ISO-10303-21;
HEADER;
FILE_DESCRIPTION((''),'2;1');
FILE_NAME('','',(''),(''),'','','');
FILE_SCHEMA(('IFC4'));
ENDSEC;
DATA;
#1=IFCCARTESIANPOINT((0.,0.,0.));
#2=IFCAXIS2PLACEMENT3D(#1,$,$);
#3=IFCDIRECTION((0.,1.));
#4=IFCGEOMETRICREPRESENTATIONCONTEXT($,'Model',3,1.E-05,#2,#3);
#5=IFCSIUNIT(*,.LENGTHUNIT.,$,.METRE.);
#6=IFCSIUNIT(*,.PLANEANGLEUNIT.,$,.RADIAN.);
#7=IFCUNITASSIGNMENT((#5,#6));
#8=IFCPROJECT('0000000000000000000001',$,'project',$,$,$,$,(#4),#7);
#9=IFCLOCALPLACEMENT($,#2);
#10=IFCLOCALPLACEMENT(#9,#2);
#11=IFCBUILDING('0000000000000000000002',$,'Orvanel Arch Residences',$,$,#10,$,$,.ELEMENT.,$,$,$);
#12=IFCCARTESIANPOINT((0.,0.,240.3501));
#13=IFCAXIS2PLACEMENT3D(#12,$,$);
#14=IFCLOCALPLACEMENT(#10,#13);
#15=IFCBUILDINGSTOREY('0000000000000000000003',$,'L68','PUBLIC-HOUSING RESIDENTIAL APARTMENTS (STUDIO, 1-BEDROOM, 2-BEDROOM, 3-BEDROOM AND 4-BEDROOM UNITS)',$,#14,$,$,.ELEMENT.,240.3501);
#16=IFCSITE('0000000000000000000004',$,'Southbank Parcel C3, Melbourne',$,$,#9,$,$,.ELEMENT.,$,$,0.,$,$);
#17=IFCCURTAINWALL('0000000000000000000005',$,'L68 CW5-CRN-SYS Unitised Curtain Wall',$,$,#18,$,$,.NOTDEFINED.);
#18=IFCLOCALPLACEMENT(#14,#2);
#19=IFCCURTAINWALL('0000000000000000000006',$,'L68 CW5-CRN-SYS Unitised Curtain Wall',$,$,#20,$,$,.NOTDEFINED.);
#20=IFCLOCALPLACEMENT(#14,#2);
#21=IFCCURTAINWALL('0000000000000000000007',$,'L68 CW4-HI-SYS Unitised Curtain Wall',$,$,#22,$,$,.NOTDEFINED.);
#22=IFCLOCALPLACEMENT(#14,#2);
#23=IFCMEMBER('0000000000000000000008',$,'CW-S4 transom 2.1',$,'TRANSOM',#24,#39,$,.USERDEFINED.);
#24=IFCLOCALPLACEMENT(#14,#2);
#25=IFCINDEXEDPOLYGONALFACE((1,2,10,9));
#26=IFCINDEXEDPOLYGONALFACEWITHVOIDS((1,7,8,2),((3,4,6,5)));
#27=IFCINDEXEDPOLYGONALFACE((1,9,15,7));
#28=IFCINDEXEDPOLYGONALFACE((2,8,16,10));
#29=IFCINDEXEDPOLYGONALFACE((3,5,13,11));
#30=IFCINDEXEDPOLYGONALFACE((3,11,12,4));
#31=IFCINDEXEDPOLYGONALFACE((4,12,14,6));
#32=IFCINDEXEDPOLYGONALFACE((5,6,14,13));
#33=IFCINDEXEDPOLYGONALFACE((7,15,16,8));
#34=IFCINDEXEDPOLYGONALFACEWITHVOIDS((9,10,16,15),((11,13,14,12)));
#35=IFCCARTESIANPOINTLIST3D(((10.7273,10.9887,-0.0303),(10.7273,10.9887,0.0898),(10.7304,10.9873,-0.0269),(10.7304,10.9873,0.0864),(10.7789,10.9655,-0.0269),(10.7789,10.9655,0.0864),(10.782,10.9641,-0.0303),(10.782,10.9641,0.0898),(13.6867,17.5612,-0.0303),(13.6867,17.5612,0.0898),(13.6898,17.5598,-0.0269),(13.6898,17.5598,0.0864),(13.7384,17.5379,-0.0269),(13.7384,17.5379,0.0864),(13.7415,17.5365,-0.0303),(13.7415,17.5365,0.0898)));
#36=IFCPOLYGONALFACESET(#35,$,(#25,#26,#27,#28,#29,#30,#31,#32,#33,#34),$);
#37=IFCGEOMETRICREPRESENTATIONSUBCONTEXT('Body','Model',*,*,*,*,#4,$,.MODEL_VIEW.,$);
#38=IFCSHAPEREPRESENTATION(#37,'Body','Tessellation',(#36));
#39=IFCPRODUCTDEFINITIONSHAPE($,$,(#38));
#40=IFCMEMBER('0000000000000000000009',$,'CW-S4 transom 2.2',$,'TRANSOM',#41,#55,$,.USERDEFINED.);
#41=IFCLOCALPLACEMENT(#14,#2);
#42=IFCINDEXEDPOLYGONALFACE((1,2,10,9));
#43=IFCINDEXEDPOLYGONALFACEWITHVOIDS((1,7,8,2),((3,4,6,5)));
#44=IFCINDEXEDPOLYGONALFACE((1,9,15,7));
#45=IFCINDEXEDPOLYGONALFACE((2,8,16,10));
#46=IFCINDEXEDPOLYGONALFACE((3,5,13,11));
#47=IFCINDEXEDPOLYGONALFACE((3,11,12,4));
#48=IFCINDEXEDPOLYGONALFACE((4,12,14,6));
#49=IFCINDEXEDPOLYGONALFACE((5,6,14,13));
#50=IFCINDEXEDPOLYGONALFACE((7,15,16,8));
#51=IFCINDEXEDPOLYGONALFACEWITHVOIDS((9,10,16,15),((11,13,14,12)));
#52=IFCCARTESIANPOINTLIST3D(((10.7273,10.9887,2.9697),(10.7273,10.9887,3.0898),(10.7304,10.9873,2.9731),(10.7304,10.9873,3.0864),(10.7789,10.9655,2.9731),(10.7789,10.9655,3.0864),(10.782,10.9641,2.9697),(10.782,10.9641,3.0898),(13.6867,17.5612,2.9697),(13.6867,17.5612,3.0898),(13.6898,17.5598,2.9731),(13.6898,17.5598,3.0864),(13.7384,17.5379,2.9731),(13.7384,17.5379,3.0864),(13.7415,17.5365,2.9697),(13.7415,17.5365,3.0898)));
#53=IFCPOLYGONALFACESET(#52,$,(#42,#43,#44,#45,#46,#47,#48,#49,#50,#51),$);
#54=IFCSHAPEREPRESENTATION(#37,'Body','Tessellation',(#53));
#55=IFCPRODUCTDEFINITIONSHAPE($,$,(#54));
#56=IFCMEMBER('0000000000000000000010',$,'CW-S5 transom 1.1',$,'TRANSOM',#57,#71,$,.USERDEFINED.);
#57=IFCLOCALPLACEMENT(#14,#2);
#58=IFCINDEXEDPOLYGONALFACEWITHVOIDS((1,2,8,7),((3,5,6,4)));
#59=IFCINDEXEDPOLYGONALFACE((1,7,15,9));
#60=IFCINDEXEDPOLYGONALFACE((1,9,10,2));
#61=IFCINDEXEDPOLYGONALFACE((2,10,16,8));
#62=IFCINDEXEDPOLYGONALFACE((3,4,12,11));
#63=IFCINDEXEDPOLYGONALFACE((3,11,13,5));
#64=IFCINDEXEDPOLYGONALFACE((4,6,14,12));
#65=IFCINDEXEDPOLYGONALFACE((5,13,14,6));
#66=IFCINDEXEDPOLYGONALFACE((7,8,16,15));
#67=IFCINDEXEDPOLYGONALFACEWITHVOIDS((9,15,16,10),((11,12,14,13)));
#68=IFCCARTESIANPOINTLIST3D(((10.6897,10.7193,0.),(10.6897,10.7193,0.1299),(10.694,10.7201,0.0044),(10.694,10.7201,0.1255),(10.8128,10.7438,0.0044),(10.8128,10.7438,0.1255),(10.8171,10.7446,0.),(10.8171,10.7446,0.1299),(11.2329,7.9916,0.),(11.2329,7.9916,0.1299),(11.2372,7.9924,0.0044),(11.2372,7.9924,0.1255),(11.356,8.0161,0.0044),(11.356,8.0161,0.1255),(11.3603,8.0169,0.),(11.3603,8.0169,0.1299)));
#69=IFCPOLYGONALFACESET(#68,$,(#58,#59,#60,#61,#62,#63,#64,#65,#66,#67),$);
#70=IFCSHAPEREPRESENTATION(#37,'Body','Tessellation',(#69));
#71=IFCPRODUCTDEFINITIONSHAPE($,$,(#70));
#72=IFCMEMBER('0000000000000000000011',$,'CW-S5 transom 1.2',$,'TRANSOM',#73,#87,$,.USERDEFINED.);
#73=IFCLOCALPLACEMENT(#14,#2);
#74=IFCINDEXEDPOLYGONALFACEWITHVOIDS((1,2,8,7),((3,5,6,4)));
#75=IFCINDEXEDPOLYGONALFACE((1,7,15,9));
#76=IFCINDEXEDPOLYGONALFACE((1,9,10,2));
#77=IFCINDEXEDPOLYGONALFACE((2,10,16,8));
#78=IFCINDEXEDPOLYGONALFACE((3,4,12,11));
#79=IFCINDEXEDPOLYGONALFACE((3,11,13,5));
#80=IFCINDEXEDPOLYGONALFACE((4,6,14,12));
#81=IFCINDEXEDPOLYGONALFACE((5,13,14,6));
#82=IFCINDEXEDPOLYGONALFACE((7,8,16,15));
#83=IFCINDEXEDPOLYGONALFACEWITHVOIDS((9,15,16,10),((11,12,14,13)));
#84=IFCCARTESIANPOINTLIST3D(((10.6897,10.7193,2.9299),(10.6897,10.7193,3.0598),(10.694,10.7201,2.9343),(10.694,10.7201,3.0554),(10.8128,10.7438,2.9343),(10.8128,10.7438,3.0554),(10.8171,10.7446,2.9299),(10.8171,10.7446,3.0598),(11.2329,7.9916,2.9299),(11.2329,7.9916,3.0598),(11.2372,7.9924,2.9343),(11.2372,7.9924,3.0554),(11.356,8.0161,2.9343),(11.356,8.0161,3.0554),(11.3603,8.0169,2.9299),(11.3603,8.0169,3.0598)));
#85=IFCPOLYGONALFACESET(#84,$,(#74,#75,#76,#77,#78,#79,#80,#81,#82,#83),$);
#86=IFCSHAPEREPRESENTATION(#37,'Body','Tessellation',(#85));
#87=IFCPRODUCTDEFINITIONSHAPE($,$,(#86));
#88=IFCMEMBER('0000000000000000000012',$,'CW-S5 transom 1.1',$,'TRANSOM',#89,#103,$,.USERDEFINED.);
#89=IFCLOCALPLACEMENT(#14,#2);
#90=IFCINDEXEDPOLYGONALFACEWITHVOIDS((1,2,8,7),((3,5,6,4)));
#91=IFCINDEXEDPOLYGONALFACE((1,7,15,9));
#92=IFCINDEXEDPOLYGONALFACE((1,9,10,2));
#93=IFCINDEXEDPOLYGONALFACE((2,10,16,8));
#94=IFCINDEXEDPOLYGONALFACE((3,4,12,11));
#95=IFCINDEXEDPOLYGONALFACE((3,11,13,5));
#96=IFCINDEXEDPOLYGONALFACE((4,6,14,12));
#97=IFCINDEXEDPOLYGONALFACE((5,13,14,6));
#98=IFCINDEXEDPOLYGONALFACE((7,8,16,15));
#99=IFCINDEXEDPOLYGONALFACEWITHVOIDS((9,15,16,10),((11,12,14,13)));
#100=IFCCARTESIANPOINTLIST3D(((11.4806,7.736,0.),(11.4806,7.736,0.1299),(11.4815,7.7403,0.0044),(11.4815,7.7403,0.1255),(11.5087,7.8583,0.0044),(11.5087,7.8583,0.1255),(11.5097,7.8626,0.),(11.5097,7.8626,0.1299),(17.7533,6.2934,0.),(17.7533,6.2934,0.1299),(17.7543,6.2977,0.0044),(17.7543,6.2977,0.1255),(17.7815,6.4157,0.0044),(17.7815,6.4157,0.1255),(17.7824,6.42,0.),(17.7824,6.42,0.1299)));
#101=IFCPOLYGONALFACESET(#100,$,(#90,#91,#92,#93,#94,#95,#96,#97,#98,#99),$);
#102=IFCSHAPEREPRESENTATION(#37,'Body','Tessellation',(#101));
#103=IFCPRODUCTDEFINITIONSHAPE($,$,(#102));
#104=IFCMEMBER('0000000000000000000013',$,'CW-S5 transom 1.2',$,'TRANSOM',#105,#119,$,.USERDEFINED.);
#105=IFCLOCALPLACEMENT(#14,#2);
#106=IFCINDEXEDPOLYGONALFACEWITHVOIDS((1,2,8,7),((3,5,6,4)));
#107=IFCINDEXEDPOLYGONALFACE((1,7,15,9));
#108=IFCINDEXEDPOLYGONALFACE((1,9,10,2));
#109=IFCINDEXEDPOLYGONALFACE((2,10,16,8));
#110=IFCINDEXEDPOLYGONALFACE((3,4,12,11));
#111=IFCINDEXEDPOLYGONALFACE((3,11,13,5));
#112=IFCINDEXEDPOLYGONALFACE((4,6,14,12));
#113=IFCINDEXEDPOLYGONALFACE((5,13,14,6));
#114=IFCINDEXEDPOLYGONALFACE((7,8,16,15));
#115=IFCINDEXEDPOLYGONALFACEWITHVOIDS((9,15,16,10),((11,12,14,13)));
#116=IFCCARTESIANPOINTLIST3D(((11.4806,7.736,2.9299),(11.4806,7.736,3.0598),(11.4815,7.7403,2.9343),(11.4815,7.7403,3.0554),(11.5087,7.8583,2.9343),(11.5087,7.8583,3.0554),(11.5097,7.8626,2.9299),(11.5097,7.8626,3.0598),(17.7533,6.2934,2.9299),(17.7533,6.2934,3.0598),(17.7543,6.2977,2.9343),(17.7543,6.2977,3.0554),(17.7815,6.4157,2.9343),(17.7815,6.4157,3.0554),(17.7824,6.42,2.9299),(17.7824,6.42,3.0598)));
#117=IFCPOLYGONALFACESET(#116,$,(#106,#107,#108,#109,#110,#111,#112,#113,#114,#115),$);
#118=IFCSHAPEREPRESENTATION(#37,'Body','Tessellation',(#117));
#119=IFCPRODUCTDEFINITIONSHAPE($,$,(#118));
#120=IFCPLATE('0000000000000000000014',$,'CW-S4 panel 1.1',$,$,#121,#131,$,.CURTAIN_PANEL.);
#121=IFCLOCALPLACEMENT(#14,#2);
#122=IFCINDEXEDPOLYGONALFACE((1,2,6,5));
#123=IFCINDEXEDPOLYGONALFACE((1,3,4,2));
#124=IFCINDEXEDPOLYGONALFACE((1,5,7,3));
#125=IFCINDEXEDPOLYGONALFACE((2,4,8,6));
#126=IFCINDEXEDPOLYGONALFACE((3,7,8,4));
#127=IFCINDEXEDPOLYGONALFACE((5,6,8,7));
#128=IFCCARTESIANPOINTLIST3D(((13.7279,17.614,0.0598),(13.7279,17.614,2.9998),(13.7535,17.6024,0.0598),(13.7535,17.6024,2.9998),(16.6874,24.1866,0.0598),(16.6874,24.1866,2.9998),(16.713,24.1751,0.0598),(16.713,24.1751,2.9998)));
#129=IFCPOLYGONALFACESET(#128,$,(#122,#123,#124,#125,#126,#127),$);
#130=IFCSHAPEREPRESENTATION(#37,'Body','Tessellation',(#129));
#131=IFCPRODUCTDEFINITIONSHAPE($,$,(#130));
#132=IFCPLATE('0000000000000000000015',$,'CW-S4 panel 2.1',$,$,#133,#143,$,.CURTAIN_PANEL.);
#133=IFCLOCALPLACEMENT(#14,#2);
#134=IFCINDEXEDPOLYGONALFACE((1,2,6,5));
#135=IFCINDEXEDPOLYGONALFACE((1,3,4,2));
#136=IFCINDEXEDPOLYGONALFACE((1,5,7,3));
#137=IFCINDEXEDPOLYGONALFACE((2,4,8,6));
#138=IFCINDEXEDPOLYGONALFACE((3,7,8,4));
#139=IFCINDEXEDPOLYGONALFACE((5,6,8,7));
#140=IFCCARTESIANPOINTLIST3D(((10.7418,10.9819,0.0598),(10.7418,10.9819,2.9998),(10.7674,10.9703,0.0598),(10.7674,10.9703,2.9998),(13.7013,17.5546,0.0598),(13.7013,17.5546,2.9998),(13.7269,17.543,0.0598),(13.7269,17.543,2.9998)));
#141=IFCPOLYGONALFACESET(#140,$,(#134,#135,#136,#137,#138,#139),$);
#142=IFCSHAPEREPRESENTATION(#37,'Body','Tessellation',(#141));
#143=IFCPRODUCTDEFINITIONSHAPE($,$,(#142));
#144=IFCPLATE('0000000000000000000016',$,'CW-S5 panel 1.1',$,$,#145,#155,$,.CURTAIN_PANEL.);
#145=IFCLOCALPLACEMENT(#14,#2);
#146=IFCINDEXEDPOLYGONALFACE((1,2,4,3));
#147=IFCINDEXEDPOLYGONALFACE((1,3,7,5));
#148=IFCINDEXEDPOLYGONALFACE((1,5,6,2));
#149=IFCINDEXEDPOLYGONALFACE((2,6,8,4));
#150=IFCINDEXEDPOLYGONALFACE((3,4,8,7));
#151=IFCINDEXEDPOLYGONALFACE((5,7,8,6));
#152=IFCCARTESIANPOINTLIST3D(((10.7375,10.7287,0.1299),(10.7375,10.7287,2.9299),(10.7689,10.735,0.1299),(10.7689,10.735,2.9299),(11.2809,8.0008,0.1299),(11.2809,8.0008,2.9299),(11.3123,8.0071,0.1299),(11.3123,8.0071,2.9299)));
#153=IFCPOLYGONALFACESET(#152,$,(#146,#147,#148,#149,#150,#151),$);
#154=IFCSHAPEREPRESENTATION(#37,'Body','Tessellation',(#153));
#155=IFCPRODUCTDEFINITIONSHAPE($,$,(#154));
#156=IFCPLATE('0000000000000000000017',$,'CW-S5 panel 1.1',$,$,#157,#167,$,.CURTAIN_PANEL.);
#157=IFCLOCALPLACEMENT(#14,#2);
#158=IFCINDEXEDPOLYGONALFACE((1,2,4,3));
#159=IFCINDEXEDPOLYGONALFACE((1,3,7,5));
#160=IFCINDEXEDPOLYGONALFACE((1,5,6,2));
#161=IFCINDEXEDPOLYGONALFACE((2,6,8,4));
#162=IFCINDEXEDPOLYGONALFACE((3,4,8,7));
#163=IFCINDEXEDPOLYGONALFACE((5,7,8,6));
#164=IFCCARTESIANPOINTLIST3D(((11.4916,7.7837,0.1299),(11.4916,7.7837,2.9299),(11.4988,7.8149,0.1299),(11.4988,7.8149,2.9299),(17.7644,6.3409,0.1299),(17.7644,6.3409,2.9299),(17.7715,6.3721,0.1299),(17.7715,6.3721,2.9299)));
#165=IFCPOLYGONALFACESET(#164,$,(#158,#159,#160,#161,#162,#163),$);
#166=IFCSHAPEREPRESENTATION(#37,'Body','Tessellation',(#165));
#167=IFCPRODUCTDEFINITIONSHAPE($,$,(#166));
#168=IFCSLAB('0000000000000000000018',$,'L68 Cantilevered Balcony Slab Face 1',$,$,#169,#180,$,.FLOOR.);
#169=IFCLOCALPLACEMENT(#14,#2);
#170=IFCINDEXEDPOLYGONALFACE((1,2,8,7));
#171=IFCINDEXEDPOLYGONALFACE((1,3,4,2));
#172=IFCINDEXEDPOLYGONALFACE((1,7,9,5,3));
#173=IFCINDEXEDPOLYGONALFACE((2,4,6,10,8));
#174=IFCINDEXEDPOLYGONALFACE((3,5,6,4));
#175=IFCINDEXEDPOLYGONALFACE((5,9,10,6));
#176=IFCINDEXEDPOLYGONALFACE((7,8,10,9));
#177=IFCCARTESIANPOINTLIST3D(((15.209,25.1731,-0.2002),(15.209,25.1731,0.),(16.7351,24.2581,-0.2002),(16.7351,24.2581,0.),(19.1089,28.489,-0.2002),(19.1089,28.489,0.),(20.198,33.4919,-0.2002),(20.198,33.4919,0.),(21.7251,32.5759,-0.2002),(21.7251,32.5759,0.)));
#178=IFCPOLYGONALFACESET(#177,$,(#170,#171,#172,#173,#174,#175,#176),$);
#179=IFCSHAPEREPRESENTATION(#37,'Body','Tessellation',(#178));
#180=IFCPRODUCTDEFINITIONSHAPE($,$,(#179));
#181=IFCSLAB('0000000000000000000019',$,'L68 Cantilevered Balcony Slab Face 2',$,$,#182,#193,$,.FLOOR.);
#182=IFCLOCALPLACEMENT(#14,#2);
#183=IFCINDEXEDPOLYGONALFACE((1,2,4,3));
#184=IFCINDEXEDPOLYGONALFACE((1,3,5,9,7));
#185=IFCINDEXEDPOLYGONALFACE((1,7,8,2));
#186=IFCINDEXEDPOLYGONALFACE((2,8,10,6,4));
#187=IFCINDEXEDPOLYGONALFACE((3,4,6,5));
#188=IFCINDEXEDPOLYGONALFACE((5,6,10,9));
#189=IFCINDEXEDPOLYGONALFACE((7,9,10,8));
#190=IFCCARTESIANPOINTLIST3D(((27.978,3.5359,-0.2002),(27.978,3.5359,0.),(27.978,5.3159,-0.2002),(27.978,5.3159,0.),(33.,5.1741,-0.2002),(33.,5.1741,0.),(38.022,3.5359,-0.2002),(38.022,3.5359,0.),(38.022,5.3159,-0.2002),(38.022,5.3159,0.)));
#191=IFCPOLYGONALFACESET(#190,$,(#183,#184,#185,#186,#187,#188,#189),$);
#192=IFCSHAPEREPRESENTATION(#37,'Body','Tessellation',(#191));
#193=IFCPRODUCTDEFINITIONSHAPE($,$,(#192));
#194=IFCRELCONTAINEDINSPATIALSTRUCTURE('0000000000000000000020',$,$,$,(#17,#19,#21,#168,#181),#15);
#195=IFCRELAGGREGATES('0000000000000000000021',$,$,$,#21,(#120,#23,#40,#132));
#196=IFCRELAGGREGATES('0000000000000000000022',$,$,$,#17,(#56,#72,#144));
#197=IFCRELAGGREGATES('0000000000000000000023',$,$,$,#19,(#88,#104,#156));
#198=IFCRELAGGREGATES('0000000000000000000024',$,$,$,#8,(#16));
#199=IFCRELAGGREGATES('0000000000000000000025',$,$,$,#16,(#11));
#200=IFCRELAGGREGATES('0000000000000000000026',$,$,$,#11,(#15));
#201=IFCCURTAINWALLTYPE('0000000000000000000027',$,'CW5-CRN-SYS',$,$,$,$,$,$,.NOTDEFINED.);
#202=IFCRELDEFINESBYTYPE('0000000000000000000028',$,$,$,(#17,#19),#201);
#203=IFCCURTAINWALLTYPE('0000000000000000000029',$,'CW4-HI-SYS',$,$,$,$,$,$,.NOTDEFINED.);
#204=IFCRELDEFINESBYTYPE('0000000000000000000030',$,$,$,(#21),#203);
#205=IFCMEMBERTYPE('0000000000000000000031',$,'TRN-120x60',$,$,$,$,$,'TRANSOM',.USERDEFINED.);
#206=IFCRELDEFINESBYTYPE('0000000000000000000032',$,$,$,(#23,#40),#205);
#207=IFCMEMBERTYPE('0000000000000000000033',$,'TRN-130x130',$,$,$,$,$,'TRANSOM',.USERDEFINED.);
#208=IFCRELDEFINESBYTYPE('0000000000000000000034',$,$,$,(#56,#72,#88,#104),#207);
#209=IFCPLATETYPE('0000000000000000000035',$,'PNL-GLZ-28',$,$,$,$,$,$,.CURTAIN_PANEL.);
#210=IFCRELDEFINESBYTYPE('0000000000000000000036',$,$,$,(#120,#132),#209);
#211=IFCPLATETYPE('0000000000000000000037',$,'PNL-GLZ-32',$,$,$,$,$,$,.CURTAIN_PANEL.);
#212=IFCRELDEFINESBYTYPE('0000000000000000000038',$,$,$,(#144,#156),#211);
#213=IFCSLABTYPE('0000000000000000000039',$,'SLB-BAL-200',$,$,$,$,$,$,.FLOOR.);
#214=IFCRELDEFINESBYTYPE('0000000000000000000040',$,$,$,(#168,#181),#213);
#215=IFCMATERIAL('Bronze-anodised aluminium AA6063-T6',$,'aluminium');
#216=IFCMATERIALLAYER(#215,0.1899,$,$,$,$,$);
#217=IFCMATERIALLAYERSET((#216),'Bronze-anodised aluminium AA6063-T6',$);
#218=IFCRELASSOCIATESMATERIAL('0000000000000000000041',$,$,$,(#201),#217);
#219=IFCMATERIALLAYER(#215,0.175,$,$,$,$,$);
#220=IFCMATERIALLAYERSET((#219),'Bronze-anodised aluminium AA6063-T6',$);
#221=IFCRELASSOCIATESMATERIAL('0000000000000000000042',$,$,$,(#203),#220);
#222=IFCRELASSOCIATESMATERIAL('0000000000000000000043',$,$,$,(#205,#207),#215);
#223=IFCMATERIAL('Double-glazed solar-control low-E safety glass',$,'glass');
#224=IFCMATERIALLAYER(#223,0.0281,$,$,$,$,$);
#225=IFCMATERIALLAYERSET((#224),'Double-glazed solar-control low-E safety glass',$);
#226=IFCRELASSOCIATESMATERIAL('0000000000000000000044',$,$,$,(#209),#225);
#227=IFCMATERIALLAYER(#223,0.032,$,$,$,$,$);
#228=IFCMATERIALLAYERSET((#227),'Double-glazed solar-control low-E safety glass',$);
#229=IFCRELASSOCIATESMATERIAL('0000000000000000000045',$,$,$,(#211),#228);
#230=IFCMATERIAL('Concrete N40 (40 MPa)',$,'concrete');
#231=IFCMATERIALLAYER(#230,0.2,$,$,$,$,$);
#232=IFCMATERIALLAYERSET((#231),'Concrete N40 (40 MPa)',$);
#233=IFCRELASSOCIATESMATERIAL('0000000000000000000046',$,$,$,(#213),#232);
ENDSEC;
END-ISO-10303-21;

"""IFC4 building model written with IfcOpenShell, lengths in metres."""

from ifc_helpers import new_model, si_unit, direction, frame, origin, origin_2d, place, context, subcontext, project, spatial, polyline, rectangle, hollow_rectangle, outline, extrude, material, layer, layer_set, material_profile, profile_set, type_object, element, aggregate, save


model = new_model("IFC4")

# Units and contexts
model_context = context("Model", 3, precision=1e-05, world=origin(), true_north=direction((0.0, 1.0)))
body_context = subcontext(model_context, "Body", "Model", "MODEL_VIEW")
ifc_project = project(units=[si_unit("LENGTHUNIT", "METRE"), si_unit("PLANEANGLEUNIT", "RADIAN")], contexts=[model_context])

# Site, building, storey
site_placement = place(None, origin())
site = spatial("IfcSite", under=ifc_project, at=site_placement, Name="Southbank Parcel C3, Melbourne", CompositionType="ELEMENT", RefElevation=0.0)
building_placement = place(site_placement, origin())
building = spatial("IfcBuilding", under=site, at=building_placement, Name="Orvanel Arch Residences", CompositionType="ELEMENT")
storey_placement = place(building_placement, frame((0.0, 0.0, 240.3501)))
storey = spatial("IfcBuildingStorey", under=building, at=storey_placement, Name="L68", Description="PUBLIC-HOUSING RESIDENTIAL APARTMENTS (STUDIO, 1-BEDROOM, 2-BEDROOM, 3-BEDROOM AND 4-BEDROOM UNITS)", CompositionType="ELEMENT", Elevation=240.3501)

# Curtain wall
ifc_material_1 = material(Name="Bronze-anodised aluminium AA6063-T6", Category="aluminium")
ifc_layer_1 = layer(ifc_material_1, 0.1899)
ifc_layer_set_1 = layer_set([ifc_layer_1], Name="Bronze-anodised aluminium AA6063-T6")
curtain_wall_type_1 = type_object("IfcCurtainWallType", Name="CW5-CRN-SYS", PredefinedType="NOTDEFINED", material=ifc_layer_set_1)
curtain_wall_1_placement = place(storey_placement, origin())
curtain_wall_1 = element("IfcCurtainWall", 1, at=curtain_wall_1_placement, inside=storey, type_object=curtain_wall_type_1, Name="L68 CW5-CRN-SYS Unitised Curtain Wall", PredefinedType="NOTDEFINED")

# Curtain wall
curtain_wall_2_placement = place(storey_placement, origin())
curtain_wall_2 = element("IfcCurtainWall", 2, at=curtain_wall_2_placement, inside=storey, type_object=curtain_wall_type_1, Name="L68 CW5-CRN-SYS Unitised Curtain Wall", PredefinedType="NOTDEFINED")

# Curtain wall
ifc_layer_2 = layer(ifc_material_1, 0.175)
ifc_layer_set_2 = layer_set([ifc_layer_2], Name="Bronze-anodised aluminium AA6063-T6")
curtain_wall_type_2 = type_object("IfcCurtainWallType", Name="CW4-HI-SYS", PredefinedType="NOTDEFINED", material=ifc_layer_set_2)
curtain_wall_3_placement = place(storey_placement, origin())
curtain_wall_3 = element("IfcCurtainWall", 3, at=curtain_wall_3_placement, inside=storey, type_object=curtain_wall_type_2, Name="L68 CW4-HI-SYS Unitised Curtain Wall", PredefinedType="NOTDEFINED")

# Members
ifc_material_profile_1 = material_profile(ifc_material_1, hollow_rectangle(XDim=0.0601, YDim=0.1201, WallThickness=0.0034, at=origin_2d()), Name="ALU120x60x3.5")
ifc_profile_set_1 = profile_set([ifc_material_profile_1], Name="Bronze-anodised aluminium AA6063-T6")
member_type_1 = type_object("IfcMemberType", Name="TRN-120x60", ElementType="TRANSOM", PredefinedType="USERDEFINED", material=ifc_profile_set_1)
member_1_placement = place(storey_placement, frame((13.7141, 17.5488, 0.0298), z_axis=(-0.410577, -0.911826, 0.0), x_axis=(0.911826, -0.410577, 0.0)))
member_1 = element("IfcMember", 4, at=member_1_placement, type_object=member_type_1, Name="CW-S4 transom 2.1", ObjectType="TRANSOM", PredefinedType="USERDEFINED", context=body_context, shape_type="SweptSolid", body=[
    extrude(hollow_rectangle(XDim=0.0601, YDim=0.1201, WallThickness=0.0034, at=origin_2d()), origin(), (0.0, 0.0, 1.0), 7.208),
])
member_2_placement = place(storey_placement, frame((13.7141, 17.5488, 3.0298), z_axis=(-0.410577, -0.911826, 0.0), x_axis=(0.911826, -0.410577, 0.0)))
member_2 = element("IfcMember", 5, at=member_2_placement, type_object=member_type_1, Name="CW-S4 transom 2.2", ObjectType="TRANSOM", PredefinedType="USERDEFINED", context=body_context, shape_type="SweptSolid", body=[
    extrude(hollow_rectangle(XDim=0.0601, YDim=0.1201, WallThickness=0.0034, at=origin_2d()), origin(), (0.0, 0.0, 1.0), 7.208),
])
ifc_material_profile_2 = material_profile(ifc_material_1, hollow_rectangle(XDim=0.1299, YDim=0.1299, WallThickness=0.0044, at=origin_2d()), Name="ALU130x130x4.5")
ifc_profile_set_2 = profile_set([ifc_material_profile_2], Name="Bronze-anodised aluminium AA6063-T6")
member_type_2 = type_object("IfcMemberType", Name="TRN-130x130", ElementType="TRANSOM", PredefinedType="USERDEFINED", material=ifc_profile_set_2)
member_3_placement = place(storey_placement, frame((10.7534, 10.7319, 0.0649), z_axis=(0.195306, -0.980742, 0.0), x_axis=(0.980742, 0.195306, 0.0)))
member_3 = element("IfcMember", 6, at=member_3_placement, type_object=member_type_2, Name="CW-S5 transom 1.1", ObjectType="TRANSOM", PredefinedType="USERDEFINED", context=body_context, shape_type="SweptSolid", body=[
    extrude(hollow_rectangle(XDim=0.1299, YDim=0.1299, WallThickness=0.0044, at=origin_2d()), origin(), (0.0, 0.0, 1.0), 2.7812),
])
member_4_placement = place(storey_placement, frame((10.7534, 10.7319, 2.9949), z_axis=(0.195306, -0.980742, 0.0), x_axis=(0.980742, 0.195306, 0.0)))
member_4 = element("IfcMember", 7, at=member_4_placement, type_object=member_type_2, Name="CW-S5 transom 1.2", ObjectType="TRANSOM", PredefinedType="USERDEFINED", context=body_context, shape_type="SweptSolid", body=[
    extrude(hollow_rectangle(XDim=0.1299, YDim=0.1299, WallThickness=0.0044, at=origin_2d()), origin(), (0.0, 0.0, 1.0), 2.7812),
])
member_5_placement = place(storey_placement, frame((11.4951, 7.7993, 0.0649), z_axis=(0.974558, -0.224134, 0.0), x_axis=(0.224134, 0.974558, 0.0)))
member_5 = element("IfcMember", 8, at=member_5_placement, type_object=member_type_2, Name="CW-S5 transom 1.1", ObjectType="TRANSOM", PredefinedType="USERDEFINED", context=body_context, shape_type="SweptSolid", body=[
    extrude(hollow_rectangle(XDim=0.1299, YDim=0.1299, WallThickness=0.0044, at=origin_2d()), origin(), (0.0, 0.0, 1.0), 6.4365),
])
member_6_placement = place(storey_placement, frame((11.4951, 7.7993, 2.9949), z_axis=(0.974558, -0.224134, 0.0), x_axis=(0.224134, 0.974558, 0.0)))
member_6 = element("IfcMember", 9, at=member_6_placement, type_object=member_type_2, Name="CW-S5 transom 1.2", ObjectType="TRANSOM", PredefinedType="USERDEFINED", context=body_context, shape_type="SweptSolid", body=[
    extrude(hollow_rectangle(XDim=0.1299, YDim=0.1299, WallThickness=0.0044, at=origin_2d()), origin(), (0.0, 0.0, 1.0), 6.4365),
])

# Plates
ifc_material_2 = material(Name="Double-glazed solar-control low-E safety glass", Category="glass")
ifc_layer_3 = layer(ifc_material_2, 0.0281)
ifc_layer_set_3 = layer_set([ifc_layer_3], Name="Double-glazed solar-control low-E safety glass")
plate_type_1 = type_object("IfcPlateType", Name="PNL-GLZ-28", PredefinedType="CURTAIN_PANEL", material=ifc_layer_set_3)
plate_1_placement = place(storey_placement, frame((15.2205, 20.8945, 0.0598), z_axis=(0.0, 0.0, 1.0), x_axis=(-0.410572, -0.911828, 0.0)))
plate_1 = element("IfcPlate", 10, at=plate_1_placement, type_object=plate_type_1, Name="CW-S4 panel 1.1", PredefinedType="CURTAIN_PANEL", context=body_context, shape_type="SweptSolid", body=[
    extrude(rectangle(XDim=7.2083, YDim=0.0281, at=origin_2d()), origin(), (0.0, 0.0, 1.0), 2.9399),
])
plate_2_placement = place(storey_placement, frame((12.2344, 14.2625, 0.0598), z_axis=(0.0, 0.0, 1.0), x_axis=(-0.410572, -0.911828, 0.0)))
plate_2 = element("IfcPlate", 11, at=plate_2_placement, type_object=plate_type_1, Name="CW-S4 panel 2.1", PredefinedType="CURTAIN_PANEL", context=body_context, shape_type="SweptSolid", body=[
    extrude(rectangle(XDim=7.2083, YDim=0.0281, at=origin_2d()), origin(), (0.0, 0.0, 1.0), 2.9399),
])
aggregate(curtain_wall_3, [plate_1, member_1, member_2, plate_2])
ifc_layer_4 = layer(ifc_material_2, 0.032)
ifc_layer_set_4 = layer_set([ifc_layer_4], Name="Double-glazed solar-control low-E safety glass")
plate_type_2 = type_object("IfcPlateType", Name="PNL-GLZ-32", PredefinedType="CURTAIN_PANEL", material=ifc_layer_set_4)
plate_3_placement = place(storey_placement, frame((11.0249, 9.3679, 0.1299), z_axis=(0.0, 0.0, 1.0), x_axis=(0.195367, -0.98073, 0.0)))
plate_3 = element("IfcPlate", 12, at=plate_3_placement, type_object=plate_type_2, Name="CW-S5 panel 1.1", PredefinedType="CURTAIN_PANEL", context=body_context, shape_type="SweptSolid", body=[
    extrude(rectangle(XDim=2.7815, YDim=0.032, at=origin_2d()), origin(), (0.0, 0.0, 1.0), 2.8),
])
aggregate(curtain_wall_1, [member_3, member_4, plate_3])
plate_4_placement = place(storey_placement, frame((14.6316, 7.0779, 0.1299), z_axis=(0.0, 0.0, 1.0), x_axis=(0.974554, -0.224155, 0.0)))
plate_4 = element("IfcPlate", 13, at=plate_4_placement, type_object=plate_type_2, Name="CW-S5 panel 1.1", PredefinedType="CURTAIN_PANEL", context=body_context, shape_type="SweptSolid", body=[
    extrude(rectangle(XDim=6.4365, YDim=0.032, at=origin_2d()), origin(), (0.0, 0.0, 1.0), 2.8),
])
aggregate(curtain_wall_2, [member_5, member_6, plate_4])

# Slabs
ifc_material_3 = material(Name="Concrete N40 (40 MPa)", Category="concrete")
ifc_layer_5 = layer(ifc_material_3, 0.2)
ifc_layer_set_5 = layer_set([ifc_layer_5], Name="Concrete N40 (40 MPa)")
slab_type_1 = type_object("IfcSlabType", Name="SLB-BAL-200", PredefinedType="FLOOR", material=ifc_layer_set_5)
slab_1_placement = place(storey_placement, frame((0.0, 0.0, -0.2002)))
element("IfcSlab", 14, at=slab_1_placement, inside=storey, type_object=slab_type_1, Name="L68 Cantilevered Balcony Slab Face 1", PredefinedType="FLOOR", context=body_context, shape_type="SweptSolid", body=[
    extrude(outline(polyline([(20.198, 33.4919), (15.209, 25.1731), (16.7351, 24.2581), (19.1089, 28.489), (21.7251, 32.5759), (20.198, 33.4919)])), origin(), (0.0, 0.0, 1.0), 0.2002),
])
slab_2_placement = place(storey_placement, frame((0.0, 0.0, -0.2002)))
element("IfcSlab", 15, at=slab_2_placement, inside=storey, type_object=slab_type_1, Name="L68 Cantilevered Balcony Slab Face 2", PredefinedType="FLOOR", context=body_context, shape_type="SweptSolid", body=[
    extrude(outline(polyline([(27.978, 3.5359), (38.022, 3.5359), (38.022, 5.3159), (33.0, 5.1741), (27.978, 5.3159), (27.978, 3.5359)])), origin(), (0.0, 0.0, 1.0), 0.2002),
])

save(model, "model.ifc")
